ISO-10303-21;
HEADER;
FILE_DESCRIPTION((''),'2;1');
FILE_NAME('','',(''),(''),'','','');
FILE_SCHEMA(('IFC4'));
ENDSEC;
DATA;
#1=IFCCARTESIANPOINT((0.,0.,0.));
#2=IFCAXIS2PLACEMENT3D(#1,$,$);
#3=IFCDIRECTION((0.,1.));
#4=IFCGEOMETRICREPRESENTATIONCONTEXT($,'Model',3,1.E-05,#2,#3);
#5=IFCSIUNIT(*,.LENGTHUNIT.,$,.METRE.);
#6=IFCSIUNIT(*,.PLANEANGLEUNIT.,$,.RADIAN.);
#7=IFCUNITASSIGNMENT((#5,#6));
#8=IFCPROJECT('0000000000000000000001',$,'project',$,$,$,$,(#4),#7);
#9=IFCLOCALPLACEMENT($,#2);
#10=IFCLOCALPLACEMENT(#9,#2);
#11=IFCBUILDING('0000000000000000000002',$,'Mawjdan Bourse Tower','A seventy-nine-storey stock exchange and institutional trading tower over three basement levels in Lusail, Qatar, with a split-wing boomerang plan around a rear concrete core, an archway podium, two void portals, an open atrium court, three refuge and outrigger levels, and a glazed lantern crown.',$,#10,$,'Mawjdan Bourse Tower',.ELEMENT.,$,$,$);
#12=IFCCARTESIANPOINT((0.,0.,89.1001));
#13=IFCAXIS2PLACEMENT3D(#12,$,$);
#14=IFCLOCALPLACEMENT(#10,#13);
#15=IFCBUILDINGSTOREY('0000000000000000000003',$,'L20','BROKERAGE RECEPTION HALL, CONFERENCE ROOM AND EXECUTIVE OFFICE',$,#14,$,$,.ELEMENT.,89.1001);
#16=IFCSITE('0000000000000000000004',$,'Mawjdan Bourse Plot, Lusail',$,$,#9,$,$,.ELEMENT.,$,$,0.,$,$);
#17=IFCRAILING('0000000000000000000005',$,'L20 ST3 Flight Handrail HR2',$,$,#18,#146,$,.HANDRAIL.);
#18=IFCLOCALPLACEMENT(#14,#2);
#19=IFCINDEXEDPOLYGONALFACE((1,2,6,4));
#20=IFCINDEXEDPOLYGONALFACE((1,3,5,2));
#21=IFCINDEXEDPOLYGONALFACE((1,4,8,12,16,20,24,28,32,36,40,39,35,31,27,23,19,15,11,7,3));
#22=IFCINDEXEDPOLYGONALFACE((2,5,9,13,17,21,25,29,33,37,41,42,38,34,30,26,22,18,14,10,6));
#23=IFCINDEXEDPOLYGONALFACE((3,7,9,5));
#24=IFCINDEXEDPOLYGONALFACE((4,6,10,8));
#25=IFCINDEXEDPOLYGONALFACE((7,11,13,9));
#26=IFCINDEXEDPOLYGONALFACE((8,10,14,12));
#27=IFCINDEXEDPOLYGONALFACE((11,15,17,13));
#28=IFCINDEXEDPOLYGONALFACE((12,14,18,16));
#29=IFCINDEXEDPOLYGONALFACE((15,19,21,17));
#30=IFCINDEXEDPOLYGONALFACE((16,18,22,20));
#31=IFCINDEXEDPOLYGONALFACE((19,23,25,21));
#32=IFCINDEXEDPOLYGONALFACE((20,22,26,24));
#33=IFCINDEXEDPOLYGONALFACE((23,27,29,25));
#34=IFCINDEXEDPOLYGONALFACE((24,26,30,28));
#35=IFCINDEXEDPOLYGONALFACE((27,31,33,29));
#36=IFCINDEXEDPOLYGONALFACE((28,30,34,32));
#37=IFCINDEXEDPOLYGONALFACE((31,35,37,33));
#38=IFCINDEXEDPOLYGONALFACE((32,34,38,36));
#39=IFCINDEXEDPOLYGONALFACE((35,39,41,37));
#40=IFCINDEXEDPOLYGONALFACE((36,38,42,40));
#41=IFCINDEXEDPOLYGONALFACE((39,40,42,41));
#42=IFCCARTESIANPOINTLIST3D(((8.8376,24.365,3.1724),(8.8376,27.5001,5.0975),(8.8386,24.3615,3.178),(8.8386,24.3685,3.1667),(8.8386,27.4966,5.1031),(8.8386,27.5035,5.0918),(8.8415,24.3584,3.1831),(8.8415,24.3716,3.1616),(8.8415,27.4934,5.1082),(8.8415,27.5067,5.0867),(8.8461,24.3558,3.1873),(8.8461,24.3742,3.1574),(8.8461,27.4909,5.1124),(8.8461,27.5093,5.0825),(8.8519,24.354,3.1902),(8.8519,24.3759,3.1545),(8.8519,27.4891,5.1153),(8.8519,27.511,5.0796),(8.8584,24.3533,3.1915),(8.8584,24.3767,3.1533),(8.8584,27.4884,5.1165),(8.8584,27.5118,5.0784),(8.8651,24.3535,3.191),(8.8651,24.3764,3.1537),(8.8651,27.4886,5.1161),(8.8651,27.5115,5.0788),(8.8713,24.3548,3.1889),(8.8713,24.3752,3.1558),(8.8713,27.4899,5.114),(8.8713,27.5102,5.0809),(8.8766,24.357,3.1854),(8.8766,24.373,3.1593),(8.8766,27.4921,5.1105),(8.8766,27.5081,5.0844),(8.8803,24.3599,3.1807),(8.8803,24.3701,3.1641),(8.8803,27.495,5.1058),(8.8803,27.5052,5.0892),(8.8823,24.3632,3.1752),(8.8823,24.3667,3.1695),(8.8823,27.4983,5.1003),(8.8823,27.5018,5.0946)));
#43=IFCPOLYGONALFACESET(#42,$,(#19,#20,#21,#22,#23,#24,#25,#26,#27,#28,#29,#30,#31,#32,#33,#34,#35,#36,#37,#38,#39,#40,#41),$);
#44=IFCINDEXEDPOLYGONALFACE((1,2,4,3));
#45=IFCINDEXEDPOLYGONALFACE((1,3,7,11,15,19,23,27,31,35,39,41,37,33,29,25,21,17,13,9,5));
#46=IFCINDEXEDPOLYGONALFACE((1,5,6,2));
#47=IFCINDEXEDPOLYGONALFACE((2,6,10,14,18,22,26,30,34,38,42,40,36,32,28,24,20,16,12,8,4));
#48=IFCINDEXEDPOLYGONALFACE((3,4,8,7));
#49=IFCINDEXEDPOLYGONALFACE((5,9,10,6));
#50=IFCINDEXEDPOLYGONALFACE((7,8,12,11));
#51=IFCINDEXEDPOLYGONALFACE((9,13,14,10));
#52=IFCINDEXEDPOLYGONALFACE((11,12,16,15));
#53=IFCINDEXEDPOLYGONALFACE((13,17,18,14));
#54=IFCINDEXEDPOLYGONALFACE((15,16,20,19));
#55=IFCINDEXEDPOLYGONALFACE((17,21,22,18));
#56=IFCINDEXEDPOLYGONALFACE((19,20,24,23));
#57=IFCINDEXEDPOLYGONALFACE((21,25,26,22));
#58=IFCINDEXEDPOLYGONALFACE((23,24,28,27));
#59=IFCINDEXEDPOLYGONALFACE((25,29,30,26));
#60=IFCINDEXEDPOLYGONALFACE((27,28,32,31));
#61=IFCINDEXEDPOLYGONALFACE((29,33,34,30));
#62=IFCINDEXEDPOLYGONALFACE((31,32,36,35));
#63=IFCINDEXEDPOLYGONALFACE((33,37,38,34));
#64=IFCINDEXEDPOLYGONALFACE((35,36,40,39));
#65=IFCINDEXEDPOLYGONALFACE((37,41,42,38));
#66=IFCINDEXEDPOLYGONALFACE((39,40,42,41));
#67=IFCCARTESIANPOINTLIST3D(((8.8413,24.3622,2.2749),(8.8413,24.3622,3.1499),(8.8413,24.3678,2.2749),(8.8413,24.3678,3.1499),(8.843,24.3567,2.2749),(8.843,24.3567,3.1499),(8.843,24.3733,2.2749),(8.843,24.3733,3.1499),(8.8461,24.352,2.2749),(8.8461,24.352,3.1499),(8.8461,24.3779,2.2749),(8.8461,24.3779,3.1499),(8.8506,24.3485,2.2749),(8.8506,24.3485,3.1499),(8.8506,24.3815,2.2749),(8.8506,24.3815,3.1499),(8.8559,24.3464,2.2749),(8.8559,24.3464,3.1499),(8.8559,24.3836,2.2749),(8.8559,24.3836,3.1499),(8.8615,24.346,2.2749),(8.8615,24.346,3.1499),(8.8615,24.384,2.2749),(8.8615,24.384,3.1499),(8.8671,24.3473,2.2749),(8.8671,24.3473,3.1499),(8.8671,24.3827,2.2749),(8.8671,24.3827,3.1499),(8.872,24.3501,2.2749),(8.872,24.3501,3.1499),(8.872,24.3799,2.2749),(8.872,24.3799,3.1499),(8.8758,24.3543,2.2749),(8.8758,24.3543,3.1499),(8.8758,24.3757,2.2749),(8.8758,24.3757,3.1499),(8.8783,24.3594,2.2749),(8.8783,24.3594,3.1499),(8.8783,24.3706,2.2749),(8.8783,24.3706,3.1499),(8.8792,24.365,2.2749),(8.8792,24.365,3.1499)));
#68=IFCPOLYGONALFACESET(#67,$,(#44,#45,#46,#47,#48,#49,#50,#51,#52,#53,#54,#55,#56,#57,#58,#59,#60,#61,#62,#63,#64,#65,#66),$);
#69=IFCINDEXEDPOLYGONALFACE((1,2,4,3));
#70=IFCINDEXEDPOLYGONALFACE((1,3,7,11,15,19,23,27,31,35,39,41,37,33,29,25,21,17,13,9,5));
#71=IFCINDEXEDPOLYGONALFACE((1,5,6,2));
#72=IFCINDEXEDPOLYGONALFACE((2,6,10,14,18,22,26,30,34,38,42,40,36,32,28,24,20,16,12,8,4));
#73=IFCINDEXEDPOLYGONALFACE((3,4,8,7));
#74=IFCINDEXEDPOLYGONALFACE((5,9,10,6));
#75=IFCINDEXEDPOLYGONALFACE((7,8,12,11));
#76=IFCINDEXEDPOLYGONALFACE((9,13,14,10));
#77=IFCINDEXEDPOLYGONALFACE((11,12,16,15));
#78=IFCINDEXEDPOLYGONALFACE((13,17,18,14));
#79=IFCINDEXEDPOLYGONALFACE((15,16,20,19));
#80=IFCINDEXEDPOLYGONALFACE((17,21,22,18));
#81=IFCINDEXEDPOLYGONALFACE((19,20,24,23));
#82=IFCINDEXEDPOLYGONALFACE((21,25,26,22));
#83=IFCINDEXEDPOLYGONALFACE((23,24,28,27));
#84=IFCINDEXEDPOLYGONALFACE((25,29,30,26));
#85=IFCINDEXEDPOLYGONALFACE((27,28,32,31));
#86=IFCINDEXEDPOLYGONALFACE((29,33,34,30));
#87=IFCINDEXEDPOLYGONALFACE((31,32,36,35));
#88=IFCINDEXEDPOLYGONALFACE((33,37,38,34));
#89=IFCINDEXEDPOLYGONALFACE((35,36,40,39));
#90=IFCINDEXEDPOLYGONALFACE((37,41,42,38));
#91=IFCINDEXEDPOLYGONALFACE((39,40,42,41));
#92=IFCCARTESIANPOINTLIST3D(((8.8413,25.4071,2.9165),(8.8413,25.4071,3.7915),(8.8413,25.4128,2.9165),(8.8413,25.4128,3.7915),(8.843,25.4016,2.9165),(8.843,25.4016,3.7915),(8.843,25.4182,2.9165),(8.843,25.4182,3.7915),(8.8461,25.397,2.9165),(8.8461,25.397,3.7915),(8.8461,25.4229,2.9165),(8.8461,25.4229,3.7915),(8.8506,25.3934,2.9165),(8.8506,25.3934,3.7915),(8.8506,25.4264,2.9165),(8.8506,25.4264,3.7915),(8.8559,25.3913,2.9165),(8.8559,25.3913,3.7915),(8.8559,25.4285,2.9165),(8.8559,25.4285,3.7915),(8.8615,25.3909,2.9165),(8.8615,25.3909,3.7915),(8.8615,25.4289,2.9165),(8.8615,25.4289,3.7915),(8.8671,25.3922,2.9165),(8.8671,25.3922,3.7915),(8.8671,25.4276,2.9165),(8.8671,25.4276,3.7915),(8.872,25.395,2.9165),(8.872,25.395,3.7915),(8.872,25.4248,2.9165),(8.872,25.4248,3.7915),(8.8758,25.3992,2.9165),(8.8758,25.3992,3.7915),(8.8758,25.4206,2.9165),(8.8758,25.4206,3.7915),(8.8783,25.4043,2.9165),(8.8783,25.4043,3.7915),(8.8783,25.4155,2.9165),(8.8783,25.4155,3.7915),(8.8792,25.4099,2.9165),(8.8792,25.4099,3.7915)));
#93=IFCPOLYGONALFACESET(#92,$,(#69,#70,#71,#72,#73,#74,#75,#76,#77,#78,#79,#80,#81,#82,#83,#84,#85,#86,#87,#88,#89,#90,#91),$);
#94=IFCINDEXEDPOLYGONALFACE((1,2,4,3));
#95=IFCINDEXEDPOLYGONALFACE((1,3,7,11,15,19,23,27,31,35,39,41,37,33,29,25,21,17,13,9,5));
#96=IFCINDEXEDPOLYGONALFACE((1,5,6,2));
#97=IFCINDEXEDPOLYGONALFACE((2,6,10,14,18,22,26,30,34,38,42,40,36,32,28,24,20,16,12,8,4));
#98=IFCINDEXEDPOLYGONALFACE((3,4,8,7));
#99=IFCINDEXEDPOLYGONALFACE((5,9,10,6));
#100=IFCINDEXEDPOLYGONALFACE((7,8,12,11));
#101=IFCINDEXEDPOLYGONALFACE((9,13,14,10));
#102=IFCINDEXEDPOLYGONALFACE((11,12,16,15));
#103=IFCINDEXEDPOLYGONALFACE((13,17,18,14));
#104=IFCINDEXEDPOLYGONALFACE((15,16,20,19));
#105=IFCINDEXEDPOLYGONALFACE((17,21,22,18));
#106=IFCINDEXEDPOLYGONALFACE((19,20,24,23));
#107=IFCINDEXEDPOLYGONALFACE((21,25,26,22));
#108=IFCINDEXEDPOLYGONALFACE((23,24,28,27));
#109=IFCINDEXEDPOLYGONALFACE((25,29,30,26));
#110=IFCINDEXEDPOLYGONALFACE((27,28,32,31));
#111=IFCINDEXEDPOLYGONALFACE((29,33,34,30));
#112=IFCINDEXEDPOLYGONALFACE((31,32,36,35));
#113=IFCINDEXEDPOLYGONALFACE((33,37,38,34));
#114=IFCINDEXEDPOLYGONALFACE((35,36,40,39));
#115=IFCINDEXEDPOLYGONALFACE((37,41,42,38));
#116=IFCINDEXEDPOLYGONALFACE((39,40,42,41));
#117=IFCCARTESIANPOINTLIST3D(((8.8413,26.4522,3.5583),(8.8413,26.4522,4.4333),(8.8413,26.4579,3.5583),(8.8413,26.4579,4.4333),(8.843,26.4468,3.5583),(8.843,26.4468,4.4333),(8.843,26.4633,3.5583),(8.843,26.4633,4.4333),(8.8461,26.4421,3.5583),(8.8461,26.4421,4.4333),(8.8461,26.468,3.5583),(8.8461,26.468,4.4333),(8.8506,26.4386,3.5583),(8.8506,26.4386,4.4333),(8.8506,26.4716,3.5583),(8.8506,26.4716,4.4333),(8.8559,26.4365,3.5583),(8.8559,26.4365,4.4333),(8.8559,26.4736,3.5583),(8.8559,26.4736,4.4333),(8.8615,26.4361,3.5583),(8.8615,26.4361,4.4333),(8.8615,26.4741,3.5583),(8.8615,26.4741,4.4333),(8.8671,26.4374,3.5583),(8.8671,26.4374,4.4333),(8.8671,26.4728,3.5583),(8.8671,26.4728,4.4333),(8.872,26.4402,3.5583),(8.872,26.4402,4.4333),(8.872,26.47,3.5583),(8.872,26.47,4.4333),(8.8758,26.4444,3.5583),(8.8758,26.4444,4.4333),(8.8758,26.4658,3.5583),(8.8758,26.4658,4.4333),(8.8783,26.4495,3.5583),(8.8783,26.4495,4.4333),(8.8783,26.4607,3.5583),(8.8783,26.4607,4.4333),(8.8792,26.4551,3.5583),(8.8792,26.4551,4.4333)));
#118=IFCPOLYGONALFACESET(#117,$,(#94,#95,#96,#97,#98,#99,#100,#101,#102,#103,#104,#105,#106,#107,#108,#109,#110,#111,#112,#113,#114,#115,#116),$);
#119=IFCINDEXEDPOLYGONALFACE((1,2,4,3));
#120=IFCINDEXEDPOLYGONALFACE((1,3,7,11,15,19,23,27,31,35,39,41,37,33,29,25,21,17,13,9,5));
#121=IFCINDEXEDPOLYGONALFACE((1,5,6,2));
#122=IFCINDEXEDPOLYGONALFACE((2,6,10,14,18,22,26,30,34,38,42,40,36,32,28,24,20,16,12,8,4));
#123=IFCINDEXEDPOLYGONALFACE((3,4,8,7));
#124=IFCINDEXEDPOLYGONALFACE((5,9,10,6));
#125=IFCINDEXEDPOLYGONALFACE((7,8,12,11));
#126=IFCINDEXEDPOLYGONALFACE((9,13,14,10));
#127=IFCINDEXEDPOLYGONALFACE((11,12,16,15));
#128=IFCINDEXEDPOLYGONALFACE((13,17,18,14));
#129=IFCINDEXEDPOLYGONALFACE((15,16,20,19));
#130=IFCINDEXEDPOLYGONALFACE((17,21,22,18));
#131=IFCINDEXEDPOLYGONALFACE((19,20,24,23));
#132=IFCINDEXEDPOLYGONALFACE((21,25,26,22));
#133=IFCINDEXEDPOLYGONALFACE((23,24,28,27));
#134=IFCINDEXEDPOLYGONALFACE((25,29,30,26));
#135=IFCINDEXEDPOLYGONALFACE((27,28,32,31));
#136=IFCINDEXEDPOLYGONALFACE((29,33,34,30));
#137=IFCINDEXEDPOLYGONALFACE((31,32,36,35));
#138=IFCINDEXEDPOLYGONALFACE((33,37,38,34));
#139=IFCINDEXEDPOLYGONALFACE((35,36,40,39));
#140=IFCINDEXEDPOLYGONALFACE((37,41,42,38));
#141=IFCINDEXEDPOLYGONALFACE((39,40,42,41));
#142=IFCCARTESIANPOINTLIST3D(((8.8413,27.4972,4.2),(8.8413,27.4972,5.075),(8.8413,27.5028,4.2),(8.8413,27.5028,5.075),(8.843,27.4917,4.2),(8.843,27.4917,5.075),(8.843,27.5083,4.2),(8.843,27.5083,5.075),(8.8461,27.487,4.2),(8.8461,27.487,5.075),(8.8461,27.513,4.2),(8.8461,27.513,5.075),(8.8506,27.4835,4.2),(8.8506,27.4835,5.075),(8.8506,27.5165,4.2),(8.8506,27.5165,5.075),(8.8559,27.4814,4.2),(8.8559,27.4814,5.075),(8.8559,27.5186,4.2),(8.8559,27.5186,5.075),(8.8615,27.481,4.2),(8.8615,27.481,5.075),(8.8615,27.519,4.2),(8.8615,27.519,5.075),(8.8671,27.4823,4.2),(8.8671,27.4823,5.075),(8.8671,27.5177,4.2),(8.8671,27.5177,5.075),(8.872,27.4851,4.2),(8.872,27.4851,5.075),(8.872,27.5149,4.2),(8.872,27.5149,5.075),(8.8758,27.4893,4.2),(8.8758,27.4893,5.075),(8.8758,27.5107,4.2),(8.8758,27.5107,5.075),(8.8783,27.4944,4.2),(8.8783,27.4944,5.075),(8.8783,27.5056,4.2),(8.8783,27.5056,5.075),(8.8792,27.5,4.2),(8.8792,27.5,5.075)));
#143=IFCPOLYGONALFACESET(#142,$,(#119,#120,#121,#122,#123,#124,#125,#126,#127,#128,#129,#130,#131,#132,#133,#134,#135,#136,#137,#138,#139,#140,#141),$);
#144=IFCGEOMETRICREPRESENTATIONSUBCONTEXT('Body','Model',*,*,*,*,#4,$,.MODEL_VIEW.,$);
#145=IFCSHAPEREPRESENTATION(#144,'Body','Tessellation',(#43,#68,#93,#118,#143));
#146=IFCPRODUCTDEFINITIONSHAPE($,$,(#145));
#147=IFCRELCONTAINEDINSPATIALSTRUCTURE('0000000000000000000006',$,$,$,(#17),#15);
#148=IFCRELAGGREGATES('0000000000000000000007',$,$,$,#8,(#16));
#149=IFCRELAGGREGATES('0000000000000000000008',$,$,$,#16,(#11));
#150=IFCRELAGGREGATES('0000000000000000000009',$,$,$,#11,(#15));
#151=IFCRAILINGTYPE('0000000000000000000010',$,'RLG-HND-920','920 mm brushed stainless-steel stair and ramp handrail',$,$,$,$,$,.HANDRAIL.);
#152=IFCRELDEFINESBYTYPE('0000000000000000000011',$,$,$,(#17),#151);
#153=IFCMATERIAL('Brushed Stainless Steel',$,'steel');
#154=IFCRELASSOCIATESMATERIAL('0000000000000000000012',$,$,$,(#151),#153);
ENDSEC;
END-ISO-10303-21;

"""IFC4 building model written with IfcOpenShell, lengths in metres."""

from ifc_helpers import new_model, si_unit, direction, frame, origin, origin_2d, place, context, subcontext, project, spatial, circle, extrude, material, type_object, element, save


model = new_model("IFC4")

# Units and contexts
model_context = context("Model", 3, precision=1e-05, world=origin(), true_north=direction((0.0, 1.0)))
body_context = subcontext(model_context, "Body", "Model", "MODEL_VIEW")
ifc_project = project(units=[si_unit("LENGTHUNIT", "METRE"), si_unit("PLANEANGLEUNIT", "RADIAN")], contexts=[model_context])

# Site, building, storey
site_placement = place(None, origin())
site = spatial("IfcSite", under=ifc_project, at=site_placement, Name="Mawjdan Bourse Plot, Lusail", CompositionType="ELEMENT", RefElevation=0.0)
building_placement = place(site_placement, origin())
building = spatial("IfcBuilding", under=site, at=building_placement, Name="Mawjdan Bourse Tower", Description="A seventy-nine-storey stock exchange and institutional trading tower over three basement levels in Lusail, Qatar, with a split-wing boomerang plan around a rear concrete core, an archway podium, two void portals, an open atrium court, three refuge and outrigger levels, and a glazed lantern crown.", LongName="Mawjdan Bourse Tower", CompositionType="ELEMENT")
storey_placement = place(building_placement, frame((0.0, 0.0, 89.1001)))
storey = spatial("IfcBuildingStorey", under=building, at=storey_placement, Name="L20", Description="BROKERAGE RECEPTION HALL, CONFERENCE ROOM AND EXECUTIVE OFFICE", CompositionType="ELEMENT", Elevation=89.1001)

# Railing
ifc_material_1 = material(Name="Brushed Stainless Steel", Category="steel")
railing_type_1 = type_object("IfcRailingType", Name="RLG-HND-920", Description="920 mm brushed stainless-steel stair and ramp handrail", PredefinedType="HANDRAIL", material=ifc_material_1)
railing_placement = place(storey_placement, frame((8.8601, 24.365, 2.2749)))
element("IfcRailing", 1, at=railing_placement, inside=storey, type_object=railing_type_1, Name="L20 ST3 Flight Handrail HR2", PredefinedType="HANDRAIL", context=body_context, shape_type="SweptSolid", body=[
    extrude(circle(Radius=0.0225, at=origin_2d()), frame((0.0, 0.0, 0.8975), z_axis=(0.0, 0.852166, 0.523271), x_axis=(-1.0, 0.0, 0.0)), (0.0, 0.0, 1.0), 3.679),
    extrude(circle(Radius=0.019, at=origin_2d()), origin(), (0.0, 0.0, 1.0), 0.875),
    extrude(circle(Radius=0.019, at=origin_2d()), frame((0.0, 1.0449, 0.6416)), (0.0, 0.0, 1.0), 0.875),
    extrude(circle(Radius=0.019, at=origin_2d()), frame((0.0, 2.0901, 1.2834)), (0.0, 0.0, 1.0), 0.875),
    extrude(circle(Radius=0.019, at=origin_2d()), frame((0.0, 3.135, 1.925)), (0.0, 0.0, 1.0), 0.875),
])

save(model, "model.ifc")
